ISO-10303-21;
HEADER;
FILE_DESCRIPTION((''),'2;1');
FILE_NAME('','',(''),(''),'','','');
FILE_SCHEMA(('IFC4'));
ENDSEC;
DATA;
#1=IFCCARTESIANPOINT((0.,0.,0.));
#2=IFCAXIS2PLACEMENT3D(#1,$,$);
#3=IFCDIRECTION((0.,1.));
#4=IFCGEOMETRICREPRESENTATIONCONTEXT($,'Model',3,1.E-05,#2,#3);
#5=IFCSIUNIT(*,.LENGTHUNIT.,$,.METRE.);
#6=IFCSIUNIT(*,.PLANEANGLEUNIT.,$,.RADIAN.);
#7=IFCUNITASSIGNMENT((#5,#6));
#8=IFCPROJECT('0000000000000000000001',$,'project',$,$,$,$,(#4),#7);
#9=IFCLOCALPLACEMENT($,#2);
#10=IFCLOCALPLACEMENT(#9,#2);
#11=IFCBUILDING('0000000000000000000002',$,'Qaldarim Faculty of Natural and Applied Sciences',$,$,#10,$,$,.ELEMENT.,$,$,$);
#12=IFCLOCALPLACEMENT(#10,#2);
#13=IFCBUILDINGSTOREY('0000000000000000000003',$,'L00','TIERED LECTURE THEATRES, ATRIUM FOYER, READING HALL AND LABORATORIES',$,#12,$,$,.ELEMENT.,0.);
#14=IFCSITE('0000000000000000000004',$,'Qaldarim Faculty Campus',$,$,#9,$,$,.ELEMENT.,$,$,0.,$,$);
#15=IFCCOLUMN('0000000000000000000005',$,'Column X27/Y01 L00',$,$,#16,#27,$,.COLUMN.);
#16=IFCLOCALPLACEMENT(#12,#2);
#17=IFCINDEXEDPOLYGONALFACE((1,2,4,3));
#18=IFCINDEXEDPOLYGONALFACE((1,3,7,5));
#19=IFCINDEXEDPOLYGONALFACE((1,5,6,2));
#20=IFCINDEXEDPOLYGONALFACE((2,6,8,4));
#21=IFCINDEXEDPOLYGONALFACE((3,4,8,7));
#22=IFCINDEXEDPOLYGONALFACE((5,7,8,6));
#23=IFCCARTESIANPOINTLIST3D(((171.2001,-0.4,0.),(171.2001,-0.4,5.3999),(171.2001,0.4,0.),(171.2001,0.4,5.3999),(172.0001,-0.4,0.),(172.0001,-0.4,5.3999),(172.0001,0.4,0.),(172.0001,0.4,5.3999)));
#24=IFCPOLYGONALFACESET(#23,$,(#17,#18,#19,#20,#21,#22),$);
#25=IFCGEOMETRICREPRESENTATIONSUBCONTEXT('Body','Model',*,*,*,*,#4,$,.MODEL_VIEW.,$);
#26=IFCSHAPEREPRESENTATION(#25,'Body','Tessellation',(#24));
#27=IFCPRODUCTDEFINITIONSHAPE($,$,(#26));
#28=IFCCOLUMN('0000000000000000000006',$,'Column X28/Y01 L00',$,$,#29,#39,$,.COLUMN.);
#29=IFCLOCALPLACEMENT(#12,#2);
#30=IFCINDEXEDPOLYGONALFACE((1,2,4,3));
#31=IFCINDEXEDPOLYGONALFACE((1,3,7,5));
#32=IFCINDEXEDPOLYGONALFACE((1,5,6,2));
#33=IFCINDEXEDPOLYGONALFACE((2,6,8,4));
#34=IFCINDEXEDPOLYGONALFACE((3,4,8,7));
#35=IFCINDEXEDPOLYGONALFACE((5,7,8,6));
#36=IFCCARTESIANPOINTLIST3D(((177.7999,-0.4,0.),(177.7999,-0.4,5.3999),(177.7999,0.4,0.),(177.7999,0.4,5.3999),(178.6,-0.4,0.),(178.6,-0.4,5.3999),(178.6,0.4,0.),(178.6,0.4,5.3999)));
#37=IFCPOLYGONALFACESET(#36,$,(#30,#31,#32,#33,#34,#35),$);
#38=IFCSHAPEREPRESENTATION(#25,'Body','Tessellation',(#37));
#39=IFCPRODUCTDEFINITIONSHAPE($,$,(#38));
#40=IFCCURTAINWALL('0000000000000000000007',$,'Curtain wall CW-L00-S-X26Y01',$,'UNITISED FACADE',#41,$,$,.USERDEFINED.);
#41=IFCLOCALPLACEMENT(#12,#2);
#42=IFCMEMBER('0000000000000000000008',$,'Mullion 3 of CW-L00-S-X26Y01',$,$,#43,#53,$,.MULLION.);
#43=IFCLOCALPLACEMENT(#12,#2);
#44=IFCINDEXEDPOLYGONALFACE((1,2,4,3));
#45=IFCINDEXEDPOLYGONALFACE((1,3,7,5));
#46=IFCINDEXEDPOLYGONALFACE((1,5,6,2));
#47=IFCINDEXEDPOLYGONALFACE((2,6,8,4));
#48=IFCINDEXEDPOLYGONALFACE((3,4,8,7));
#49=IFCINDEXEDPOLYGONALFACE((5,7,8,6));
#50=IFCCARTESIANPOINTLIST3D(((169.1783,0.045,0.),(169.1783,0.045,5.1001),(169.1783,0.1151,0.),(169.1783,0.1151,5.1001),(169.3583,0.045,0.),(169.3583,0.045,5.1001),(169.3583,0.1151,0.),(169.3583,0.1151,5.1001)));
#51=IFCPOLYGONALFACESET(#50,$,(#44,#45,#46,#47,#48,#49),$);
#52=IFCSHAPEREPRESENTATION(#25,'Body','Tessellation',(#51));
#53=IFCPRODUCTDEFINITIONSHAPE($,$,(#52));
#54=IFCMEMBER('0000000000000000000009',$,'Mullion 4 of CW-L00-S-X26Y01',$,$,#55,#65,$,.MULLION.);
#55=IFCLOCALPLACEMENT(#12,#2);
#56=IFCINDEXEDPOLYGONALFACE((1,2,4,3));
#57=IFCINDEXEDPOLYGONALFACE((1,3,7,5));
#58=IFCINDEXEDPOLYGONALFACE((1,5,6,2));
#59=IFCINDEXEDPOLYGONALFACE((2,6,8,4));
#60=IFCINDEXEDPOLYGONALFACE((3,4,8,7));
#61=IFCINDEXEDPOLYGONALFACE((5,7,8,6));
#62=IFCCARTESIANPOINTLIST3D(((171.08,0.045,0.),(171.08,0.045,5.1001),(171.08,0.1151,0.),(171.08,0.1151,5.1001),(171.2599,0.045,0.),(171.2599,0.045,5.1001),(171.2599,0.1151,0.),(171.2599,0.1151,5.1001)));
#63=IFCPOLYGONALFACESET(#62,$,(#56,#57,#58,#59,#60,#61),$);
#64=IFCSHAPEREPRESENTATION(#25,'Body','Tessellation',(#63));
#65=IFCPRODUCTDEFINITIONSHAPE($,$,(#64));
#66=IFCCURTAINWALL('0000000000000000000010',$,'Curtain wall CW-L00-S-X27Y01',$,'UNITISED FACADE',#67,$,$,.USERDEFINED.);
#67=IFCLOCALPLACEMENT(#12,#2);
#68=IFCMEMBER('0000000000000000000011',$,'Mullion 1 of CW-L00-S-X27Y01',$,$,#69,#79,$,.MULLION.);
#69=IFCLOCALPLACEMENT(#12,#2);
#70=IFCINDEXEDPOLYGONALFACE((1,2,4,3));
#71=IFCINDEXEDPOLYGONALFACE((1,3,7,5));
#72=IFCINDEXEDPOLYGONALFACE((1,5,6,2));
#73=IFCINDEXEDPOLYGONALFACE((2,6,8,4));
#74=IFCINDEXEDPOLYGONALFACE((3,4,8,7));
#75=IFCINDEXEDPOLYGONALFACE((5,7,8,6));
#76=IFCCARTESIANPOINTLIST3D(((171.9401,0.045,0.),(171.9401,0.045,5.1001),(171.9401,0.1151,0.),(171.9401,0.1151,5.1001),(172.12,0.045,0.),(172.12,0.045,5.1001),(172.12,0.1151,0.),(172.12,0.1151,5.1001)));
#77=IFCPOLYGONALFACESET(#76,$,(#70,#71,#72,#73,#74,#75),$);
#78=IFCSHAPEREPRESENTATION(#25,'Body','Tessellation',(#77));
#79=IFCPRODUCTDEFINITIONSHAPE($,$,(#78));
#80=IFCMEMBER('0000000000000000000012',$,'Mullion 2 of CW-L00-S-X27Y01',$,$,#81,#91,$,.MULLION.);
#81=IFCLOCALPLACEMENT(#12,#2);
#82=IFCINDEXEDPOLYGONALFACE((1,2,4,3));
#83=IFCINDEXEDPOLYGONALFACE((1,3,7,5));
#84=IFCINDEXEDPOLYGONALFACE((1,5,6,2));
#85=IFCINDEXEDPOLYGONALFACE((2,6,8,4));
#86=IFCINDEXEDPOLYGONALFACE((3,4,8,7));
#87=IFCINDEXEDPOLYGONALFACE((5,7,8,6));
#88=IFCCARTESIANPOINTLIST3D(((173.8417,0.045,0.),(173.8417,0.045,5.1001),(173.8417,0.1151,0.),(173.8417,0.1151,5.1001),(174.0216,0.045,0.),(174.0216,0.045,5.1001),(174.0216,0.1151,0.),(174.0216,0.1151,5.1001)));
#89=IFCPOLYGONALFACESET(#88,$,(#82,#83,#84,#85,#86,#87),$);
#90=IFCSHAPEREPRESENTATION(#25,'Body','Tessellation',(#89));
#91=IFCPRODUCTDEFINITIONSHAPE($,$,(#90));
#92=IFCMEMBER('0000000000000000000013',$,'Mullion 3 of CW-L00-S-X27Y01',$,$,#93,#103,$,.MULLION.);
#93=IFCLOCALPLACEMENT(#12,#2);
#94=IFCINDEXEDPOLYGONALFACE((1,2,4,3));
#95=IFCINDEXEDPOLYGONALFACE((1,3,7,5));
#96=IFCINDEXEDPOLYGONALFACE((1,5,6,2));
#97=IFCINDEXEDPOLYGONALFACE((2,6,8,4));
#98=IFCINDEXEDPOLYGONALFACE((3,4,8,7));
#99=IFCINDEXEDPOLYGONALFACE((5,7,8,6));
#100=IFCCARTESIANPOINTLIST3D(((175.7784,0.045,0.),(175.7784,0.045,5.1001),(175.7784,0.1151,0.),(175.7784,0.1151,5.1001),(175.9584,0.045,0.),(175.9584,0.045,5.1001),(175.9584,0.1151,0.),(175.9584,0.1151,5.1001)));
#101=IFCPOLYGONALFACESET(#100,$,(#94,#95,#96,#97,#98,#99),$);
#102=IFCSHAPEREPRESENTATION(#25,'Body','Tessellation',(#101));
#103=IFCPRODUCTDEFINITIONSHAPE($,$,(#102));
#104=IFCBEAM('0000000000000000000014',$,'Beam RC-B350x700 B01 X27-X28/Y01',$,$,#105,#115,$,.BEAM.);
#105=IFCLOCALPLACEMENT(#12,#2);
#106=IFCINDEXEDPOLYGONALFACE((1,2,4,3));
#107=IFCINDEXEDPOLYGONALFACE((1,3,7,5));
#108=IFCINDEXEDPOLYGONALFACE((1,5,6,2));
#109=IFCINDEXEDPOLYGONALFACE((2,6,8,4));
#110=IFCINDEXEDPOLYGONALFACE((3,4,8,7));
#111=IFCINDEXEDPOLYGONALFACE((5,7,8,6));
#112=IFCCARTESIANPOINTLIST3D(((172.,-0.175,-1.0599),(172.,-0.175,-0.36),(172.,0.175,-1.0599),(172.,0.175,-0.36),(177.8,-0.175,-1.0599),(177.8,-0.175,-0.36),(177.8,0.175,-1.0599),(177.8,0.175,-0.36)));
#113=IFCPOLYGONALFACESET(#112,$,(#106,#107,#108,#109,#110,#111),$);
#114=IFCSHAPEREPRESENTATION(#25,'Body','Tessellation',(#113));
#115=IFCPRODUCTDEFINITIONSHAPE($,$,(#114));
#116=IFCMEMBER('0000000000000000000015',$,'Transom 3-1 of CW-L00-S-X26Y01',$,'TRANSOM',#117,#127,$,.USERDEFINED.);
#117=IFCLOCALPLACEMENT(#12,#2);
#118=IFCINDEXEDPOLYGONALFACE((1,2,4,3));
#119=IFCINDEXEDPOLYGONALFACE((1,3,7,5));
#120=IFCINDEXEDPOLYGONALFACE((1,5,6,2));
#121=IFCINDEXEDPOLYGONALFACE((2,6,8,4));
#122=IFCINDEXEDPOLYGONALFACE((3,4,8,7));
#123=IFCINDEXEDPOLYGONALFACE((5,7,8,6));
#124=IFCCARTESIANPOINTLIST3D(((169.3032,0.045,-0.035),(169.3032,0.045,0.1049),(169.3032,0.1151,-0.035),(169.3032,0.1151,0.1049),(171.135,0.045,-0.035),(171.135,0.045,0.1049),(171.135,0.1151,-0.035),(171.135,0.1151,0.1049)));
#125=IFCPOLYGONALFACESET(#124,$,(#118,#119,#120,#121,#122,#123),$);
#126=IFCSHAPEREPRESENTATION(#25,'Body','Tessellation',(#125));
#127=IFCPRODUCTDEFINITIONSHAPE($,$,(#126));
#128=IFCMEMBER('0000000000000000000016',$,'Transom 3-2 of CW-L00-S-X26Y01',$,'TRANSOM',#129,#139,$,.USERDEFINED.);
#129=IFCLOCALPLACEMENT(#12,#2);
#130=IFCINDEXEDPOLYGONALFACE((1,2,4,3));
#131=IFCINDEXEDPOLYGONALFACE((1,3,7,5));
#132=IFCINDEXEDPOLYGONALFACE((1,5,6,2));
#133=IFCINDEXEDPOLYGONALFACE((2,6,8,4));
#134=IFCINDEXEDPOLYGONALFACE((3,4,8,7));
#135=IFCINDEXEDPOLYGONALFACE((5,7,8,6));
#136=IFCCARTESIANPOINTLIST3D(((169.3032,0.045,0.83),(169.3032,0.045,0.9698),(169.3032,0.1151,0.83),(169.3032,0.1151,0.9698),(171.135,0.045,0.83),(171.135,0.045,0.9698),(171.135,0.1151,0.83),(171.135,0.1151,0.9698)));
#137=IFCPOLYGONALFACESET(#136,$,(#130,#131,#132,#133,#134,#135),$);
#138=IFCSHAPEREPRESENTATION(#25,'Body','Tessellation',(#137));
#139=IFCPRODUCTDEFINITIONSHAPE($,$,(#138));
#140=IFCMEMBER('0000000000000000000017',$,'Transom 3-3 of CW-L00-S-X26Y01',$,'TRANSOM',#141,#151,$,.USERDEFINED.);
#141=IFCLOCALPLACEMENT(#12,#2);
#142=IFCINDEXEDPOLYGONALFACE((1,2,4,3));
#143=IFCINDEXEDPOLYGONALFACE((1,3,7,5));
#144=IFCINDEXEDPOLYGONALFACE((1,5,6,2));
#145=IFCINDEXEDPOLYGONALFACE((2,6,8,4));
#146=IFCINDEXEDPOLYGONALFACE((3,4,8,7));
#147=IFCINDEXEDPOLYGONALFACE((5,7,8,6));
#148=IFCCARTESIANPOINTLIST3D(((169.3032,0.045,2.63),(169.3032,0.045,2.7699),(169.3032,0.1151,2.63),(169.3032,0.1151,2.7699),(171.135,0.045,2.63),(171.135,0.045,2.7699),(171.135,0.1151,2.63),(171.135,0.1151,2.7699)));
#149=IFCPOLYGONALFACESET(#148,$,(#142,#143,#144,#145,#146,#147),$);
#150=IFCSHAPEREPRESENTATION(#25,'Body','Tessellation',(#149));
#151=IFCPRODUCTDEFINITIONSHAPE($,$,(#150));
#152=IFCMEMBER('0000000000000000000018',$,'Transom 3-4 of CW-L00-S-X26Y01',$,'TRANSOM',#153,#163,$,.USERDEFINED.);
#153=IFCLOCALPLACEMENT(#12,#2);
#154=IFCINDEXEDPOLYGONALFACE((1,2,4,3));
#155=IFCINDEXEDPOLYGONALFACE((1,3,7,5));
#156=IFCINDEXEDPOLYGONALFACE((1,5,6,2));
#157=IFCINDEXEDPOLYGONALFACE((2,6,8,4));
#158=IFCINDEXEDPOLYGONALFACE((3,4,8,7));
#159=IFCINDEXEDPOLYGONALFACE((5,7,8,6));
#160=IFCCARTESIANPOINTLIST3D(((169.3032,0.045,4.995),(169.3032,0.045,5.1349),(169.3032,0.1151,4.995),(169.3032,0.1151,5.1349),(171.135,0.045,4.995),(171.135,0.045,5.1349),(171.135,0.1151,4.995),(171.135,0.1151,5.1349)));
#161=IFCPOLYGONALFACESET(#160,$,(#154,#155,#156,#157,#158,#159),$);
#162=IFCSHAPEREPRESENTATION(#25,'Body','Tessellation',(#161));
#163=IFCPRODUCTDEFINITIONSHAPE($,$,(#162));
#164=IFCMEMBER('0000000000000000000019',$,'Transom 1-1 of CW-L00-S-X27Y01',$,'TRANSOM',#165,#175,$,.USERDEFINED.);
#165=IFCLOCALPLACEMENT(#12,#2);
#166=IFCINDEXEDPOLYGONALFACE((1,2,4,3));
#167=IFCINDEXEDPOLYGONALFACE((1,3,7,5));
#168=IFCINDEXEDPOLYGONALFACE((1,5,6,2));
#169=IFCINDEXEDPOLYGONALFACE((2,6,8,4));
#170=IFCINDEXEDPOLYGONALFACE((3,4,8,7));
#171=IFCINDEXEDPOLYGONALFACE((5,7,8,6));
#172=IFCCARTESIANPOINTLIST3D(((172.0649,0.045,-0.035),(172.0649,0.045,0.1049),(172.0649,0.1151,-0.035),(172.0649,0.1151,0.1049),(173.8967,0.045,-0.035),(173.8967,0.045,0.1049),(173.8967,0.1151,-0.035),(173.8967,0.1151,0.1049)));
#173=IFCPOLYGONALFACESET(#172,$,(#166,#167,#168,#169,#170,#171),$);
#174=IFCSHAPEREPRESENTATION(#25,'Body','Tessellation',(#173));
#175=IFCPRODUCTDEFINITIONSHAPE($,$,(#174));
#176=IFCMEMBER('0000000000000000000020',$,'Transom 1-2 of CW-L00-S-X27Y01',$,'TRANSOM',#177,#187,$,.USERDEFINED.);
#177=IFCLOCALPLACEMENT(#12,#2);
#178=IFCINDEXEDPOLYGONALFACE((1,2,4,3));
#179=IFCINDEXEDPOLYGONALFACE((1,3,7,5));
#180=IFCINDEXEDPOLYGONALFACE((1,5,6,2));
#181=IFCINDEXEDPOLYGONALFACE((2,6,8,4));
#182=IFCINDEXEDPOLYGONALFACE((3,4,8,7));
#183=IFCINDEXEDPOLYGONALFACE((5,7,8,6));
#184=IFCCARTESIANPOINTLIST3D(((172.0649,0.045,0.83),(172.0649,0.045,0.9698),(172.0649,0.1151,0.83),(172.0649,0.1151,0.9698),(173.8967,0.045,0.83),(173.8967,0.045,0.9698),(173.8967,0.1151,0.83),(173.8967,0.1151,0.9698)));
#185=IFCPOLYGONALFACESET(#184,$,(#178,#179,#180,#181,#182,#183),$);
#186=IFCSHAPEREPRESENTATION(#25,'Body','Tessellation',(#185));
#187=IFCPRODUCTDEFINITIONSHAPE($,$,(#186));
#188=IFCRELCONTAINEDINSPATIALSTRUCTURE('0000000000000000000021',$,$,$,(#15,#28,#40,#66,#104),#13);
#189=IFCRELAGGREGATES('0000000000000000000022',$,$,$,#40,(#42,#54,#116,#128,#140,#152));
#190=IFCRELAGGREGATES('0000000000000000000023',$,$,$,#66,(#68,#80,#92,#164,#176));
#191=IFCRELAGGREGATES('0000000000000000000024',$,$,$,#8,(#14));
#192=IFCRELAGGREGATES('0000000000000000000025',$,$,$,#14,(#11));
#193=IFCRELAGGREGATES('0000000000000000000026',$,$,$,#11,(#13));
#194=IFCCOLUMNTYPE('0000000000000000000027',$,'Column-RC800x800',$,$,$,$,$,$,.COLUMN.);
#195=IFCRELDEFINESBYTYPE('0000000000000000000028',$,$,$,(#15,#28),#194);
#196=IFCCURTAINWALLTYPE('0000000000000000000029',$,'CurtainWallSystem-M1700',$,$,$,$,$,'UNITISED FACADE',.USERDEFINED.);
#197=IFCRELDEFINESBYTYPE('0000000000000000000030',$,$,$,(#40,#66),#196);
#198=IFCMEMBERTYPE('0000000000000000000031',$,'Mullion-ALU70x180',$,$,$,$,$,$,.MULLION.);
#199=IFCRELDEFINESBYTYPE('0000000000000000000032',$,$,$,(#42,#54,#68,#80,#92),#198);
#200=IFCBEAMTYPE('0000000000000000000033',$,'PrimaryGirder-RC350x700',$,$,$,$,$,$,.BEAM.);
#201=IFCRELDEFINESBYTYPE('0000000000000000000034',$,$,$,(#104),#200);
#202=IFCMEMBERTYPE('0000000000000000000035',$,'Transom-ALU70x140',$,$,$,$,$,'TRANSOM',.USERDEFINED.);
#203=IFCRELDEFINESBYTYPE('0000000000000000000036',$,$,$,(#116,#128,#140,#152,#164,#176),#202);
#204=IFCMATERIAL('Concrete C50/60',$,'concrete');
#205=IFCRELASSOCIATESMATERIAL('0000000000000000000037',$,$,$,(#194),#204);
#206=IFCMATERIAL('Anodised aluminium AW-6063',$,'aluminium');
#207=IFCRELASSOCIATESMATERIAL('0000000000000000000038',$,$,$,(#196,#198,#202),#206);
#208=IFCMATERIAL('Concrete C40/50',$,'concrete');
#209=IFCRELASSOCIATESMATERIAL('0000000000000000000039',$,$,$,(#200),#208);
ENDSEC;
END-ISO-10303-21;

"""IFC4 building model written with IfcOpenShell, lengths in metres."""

from ifc_helpers import new_model, si_unit, direction, frame, origin, origin_2d, place, context, subcontext, project, spatial, rectangle, extrude, material, material_profile, profile_set, type_object, element, aggregate, save


model = new_model("IFC4")

# Units and contexts
model_context = context("Model", 3, precision=1e-05, world=origin(), true_north=direction((0.0, 1.0)))
body_context = subcontext(model_context, "Body", "Model", "MODEL_VIEW")
ifc_project = project(units=[si_unit("LENGTHUNIT", "METRE"), si_unit("PLANEANGLEUNIT", "RADIAN")], contexts=[model_context])

# Site, building, storey
site_placement = place(None, origin())
site = spatial("IfcSite", under=ifc_project, at=site_placement, Name="Qaldarim Faculty Campus", CompositionType="ELEMENT", RefElevation=0.0)
building_placement = place(site_placement, origin())
building = spatial("IfcBuilding", under=site, at=building_placement, Name="Qaldarim Faculty of Natural and Applied Sciences", CompositionType="ELEMENT")
storey_placement = place(building_placement, origin())
storey = spatial("IfcBuildingStorey", under=building, at=storey_placement, Name="L00", Description="TIERED LECTURE THEATRES, ATRIUM FOYER, READING HALL AND LABORATORIES", CompositionType="ELEMENT", Elevation=0.0)

# Columns
ifc_material_1 = material(Name="Concrete C50/60", Category="concrete")
ifc_material_profile_1 = material_profile(ifc_material_1, rectangle(XDim=0.8, YDim=0.8, at=origin_2d()), Name="RC-C800x800")
ifc_profile_set_1 = profile_set([ifc_material_profile_1], Name="Concrete C50/60")
column_type = type_object("IfcColumnType", Name="Column-RC800x800", PredefinedType="COLUMN", material=ifc_profile_set_1)
for number, where, z_axis, x_axis, name in (
    (1, (171.6001, 0.0, 0.0), (0.0, 0.0, 1.0), (1.0, 0.0, 0.0), "Column X27/Y01 L00"),
    (2, (178.2, 0.0, 0.0), (0.0, 0.0, 1.0), (1.0, 0.0, 0.0), "Column X28/Y01 L00"),
):
    element("IfcColumn", number, at=place(storey_placement, frame(where, z_axis=z_axis, x_axis=x_axis)), inside=storey, type_object=column_type, Name=name, PredefinedType="COLUMN", context=body_context, shape_type="SweptSolid", body=[
        extrude(rectangle(XDim=0.8, YDim=0.8, at=origin_2d()), origin(), (0.0, 0.0, 1.0), 5.3999),
    ])

# Curtain walls, members
ifc_material_2 = material(Name="Anodised aluminium AW-6063", Category="aluminium")
curtain_wall_type = type_object("IfcCurtainWallType", Name="CurtainWallSystem-M1700", ElementType="UNITISED FACADE", PredefinedType="USERDEFINED", material=ifc_material_2)
curtain_wall_1_placement = place(storey_placement, origin())
curtain_wall_1 = element("IfcCurtainWall", 3, at=curtain_wall_1_placement, inside=storey, type_object=curtain_wall_type, Name="Curtain wall CW-L00-S-X26Y01", ObjectType="UNITISED FACADE", PredefinedType="USERDEFINED")
ifc_material_profile_2 = material_profile(ifc_material_2, rectangle(XDim=0.0701, YDim=0.1799, at=origin_2d()), Name="ALU-M70x180")
ifc_profile_set_2 = profile_set([ifc_material_profile_2], Name="Anodised aluminium AW-6063")
member_type_1 = type_object("IfcMemberType", Name="Mullion-ALU70x180", PredefinedType="MULLION", material=ifc_profile_set_2)
member_1_placement = place(storey_placement, frame((169.2683, 0.0801, 0.0), z_axis=(0.0, 0.0, 1.0), x_axis=(0.0, 1.0, 0.0)))
member_1 = element("IfcMember", 4, at=member_1_placement, type_object=member_type_1, Name="Mullion 3 of CW-L00-S-X26Y01", PredefinedType="MULLION", context=body_context, shape_type="SweptSolid", body=[
    extrude(rectangle(XDim=0.0701, YDim=0.1799, at=origin_2d()), origin(), (0.0, 0.0, 1.0), 5.1001),
])
member_2_placement = place(storey_placement, frame((171.1699, 0.0801, 0.0), z_axis=(0.0, 0.0, 1.0), x_axis=(0.0, 1.0, 0.0)))
member_2 = element("IfcMember", 5, at=member_2_placement, type_object=member_type_1, Name="Mullion 4 of CW-L00-S-X26Y01", PredefinedType="MULLION", context=body_context, shape_type="SweptSolid", body=[
    extrude(rectangle(XDim=0.0701, YDim=0.1799, at=origin_2d()), origin(), (0.0, 0.0, 1.0), 5.1001),
])
curtain_wall_2_placement = place(storey_placement, origin())
curtain_wall_2 = element("IfcCurtainWall", 6, at=curtain_wall_2_placement, inside=storey, type_object=curtain_wall_type, Name="Curtain wall CW-L00-S-X27Y01", ObjectType="UNITISED FACADE", PredefinedType="USERDEFINED")
member_3_placement = place(storey_placement, frame((172.03, 0.0801, 0.0), z_axis=(0.0, 0.0, 1.0), x_axis=(0.0, 1.0, 0.0)))
member_3 = element("IfcMember", 7, at=member_3_placement, type_object=member_type_1, Name="Mullion 1 of CW-L00-S-X27Y01", PredefinedType="MULLION", context=body_context, shape_type="SweptSolid", body=[
    extrude(rectangle(XDim=0.0701, YDim=0.1799, at=origin_2d()), origin(), (0.0, 0.0, 1.0), 5.1001),
])
member_4_placement = place(storey_placement, frame((173.9316, 0.0801, 0.0), z_axis=(0.0, 0.0, 1.0), x_axis=(0.0, 1.0, 0.0)))
member_4 = element("IfcMember", 8, at=member_4_placement, type_object=member_type_1, Name="Mullion 2 of CW-L00-S-X27Y01", PredefinedType="MULLION", context=body_context, shape_type="SweptSolid", body=[
    extrude(rectangle(XDim=0.0701, YDim=0.1799, at=origin_2d()), origin(), (0.0, 0.0, 1.0), 5.1001),
])
member_5_placement = place(storey_placement, frame((175.8684, 0.0801, 0.0), z_axis=(0.0, 0.0, 1.0), x_axis=(0.0, 1.0, 0.0)))
member_5 = element("IfcMember", 9, at=member_5_placement, type_object=member_type_1, Name="Mullion 3 of CW-L00-S-X27Y01", PredefinedType="MULLION", context=body_context, shape_type="SweptSolid", body=[
    extrude(rectangle(XDim=0.0701, YDim=0.1799, at=origin_2d()), origin(), (0.0, 0.0, 1.0), 5.1001),
])

# Beam
ifc_material_3 = material(Name="Concrete C40/50", Category="concrete")
ifc_material_profile_3 = material_profile(ifc_material_3, rectangle(XDim=0.3501, YDim=0.7, at=origin_2d()), Name="RC-B350x700")
ifc_profile_set_3 = profile_set([ifc_material_profile_3], Name="Concrete C40/50")
beam_type = type_object("IfcBeamType", Name="PrimaryGirder-RC350x700", PredefinedType="BEAM", material=ifc_profile_set_3)
beam_placement = place(storey_placement, frame((172.0, 0.0, -0.71), z_axis=(1.0, 0.0, 0.0), x_axis=(0.0, 1.0, 0.0)))
element("IfcBeam", 10, at=beam_placement, inside=storey, type_object=beam_type, Name="Beam RC-B350x700 B01 X27-X28/Y01", PredefinedType="BEAM", context=body_context, shape_type="SweptSolid", body=[
    extrude(rectangle(XDim=0.3501, YDim=0.7, at=origin_2d()), origin(), (0.0, 0.0, 1.0), 5.8),
])

# Members
ifc_material_profile_4 = material_profile(ifc_material_2, rectangle(XDim=0.0701, YDim=0.1399, at=origin_2d()), Name="ALU-T70x140")
ifc_profile_set_4 = profile_set([ifc_material_profile_4], Name="Anodised aluminium AW-6063")
member_type_2 = type_object("IfcMemberType", Name="Transom-ALU70x140", ElementType="TRANSOM", PredefinedType="USERDEFINED", material=ifc_profile_set_4)
member_6_placement = place(storey_placement, frame((169.3032, 0.0801, 0.0349), z_axis=(1.0, 0.0, 0.0), x_axis=(0.0, 1.0, 0.0)))
member_6 = element("IfcMember", 11, at=member_6_placement, type_object=member_type_2, Name="Transom 3-1 of CW-L00-S-X26Y01", ObjectType="TRANSOM", PredefinedType="USERDEFINED", context=body_context, shape_type="SweptSolid", body=[
    extrude(rectangle(XDim=0.0701, YDim=0.1399, at=origin_2d()), origin(), (0.0, 0.0, 1.0), 1.8318),
])
member_7_placement = place(storey_placement, frame((169.3032, 0.0801, 0.8999), z_axis=(1.0, 0.0, 0.0), x_axis=(0.0, 1.0, 0.0)))
member_7 = element("IfcMember", 12, at=member_7_placement, type_object=member_type_2, Name="Transom 3-2 of CW-L00-S-X26Y01", ObjectType="TRANSOM", PredefinedType="USERDEFINED", context=body_context, shape_type="SweptSolid", body=[
    extrude(rectangle(XDim=0.0701, YDim=0.1399, at=origin_2d()), origin(), (0.0, 0.0, 1.0), 1.8318),
])
member_8_placement = place(storey_placement, frame((169.3032, 0.0801, 2.7), z_axis=(1.0, 0.0, 0.0), x_axis=(0.0, 1.0, 0.0)))
member_8 = element("IfcMember", 13, at=member_8_placement, type_object=member_type_2, Name="Transom 3-3 of CW-L00-S-X26Y01", ObjectType="TRANSOM", PredefinedType="USERDEFINED", context=body_context, shape_type="SweptSolid", body=[
    extrude(rectangle(XDim=0.0701, YDim=0.1399, at=origin_2d()), origin(), (0.0, 0.0, 1.0), 1.8318),
])
member_9_placement = place(storey_placement, frame((169.3032, 0.0801, 5.0649), z_axis=(1.0, 0.0, 0.0), x_axis=(0.0, 1.0, 0.0)))
member_9 = element("IfcMember", 14, at=member_9_placement, type_object=member_type_2, Name="Transom 3-4 of CW-L00-S-X26Y01", ObjectType="TRANSOM", PredefinedType="USERDEFINED", context=body_context, shape_type="SweptSolid", body=[
    extrude(rectangle(XDim=0.0701, YDim=0.1399, at=origin_2d()), origin(), (0.0, 0.0, 1.0), 1.8318),
])
member_10_placement = place(storey_placement, frame((172.0649, 0.0801, 0.0349), z_axis=(1.0, 0.0, 0.0), x_axis=(0.0, 1.0, 0.0)))
member_10 = element("IfcMember", 15, at=member_10_placement, type_object=member_type_2, Name="Transom 1-1 of CW-L00-S-X27Y01", ObjectType="TRANSOM", PredefinedType="USERDEFINED", context=body_context, shape_type="SweptSolid", body=[
    extrude(rectangle(XDim=0.0701, YDim=0.1399, at=origin_2d()), origin(), (0.0, 0.0, 1.0), 1.8318),
])
member_11_placement = place(storey_placement, frame((172.0649, 0.0801, 0.8999), z_axis=(1.0, 0.0, 0.0), x_axis=(0.0, 1.0, 0.0)))
member_11 = element("IfcMember", 16, at=member_11_placement, type_object=member_type_2, Name="Transom 1-2 of CW-L00-S-X27Y01", ObjectType="TRANSOM", PredefinedType="USERDEFINED", context=body_context, shape_type="SweptSolid", body=[
    extrude(rectangle(XDim=0.0701, YDim=0.1399, at=origin_2d()), origin(), (0.0, 0.0, 1.0), 1.8318),
])

aggregate(curtain_wall_1, [member_1, member_2, member_6, member_7, member_8, member_9])
aggregate(curtain_wall_2, [member_3, member_4, member_5, member_10, member_11])

save(model, "model.ifc")
